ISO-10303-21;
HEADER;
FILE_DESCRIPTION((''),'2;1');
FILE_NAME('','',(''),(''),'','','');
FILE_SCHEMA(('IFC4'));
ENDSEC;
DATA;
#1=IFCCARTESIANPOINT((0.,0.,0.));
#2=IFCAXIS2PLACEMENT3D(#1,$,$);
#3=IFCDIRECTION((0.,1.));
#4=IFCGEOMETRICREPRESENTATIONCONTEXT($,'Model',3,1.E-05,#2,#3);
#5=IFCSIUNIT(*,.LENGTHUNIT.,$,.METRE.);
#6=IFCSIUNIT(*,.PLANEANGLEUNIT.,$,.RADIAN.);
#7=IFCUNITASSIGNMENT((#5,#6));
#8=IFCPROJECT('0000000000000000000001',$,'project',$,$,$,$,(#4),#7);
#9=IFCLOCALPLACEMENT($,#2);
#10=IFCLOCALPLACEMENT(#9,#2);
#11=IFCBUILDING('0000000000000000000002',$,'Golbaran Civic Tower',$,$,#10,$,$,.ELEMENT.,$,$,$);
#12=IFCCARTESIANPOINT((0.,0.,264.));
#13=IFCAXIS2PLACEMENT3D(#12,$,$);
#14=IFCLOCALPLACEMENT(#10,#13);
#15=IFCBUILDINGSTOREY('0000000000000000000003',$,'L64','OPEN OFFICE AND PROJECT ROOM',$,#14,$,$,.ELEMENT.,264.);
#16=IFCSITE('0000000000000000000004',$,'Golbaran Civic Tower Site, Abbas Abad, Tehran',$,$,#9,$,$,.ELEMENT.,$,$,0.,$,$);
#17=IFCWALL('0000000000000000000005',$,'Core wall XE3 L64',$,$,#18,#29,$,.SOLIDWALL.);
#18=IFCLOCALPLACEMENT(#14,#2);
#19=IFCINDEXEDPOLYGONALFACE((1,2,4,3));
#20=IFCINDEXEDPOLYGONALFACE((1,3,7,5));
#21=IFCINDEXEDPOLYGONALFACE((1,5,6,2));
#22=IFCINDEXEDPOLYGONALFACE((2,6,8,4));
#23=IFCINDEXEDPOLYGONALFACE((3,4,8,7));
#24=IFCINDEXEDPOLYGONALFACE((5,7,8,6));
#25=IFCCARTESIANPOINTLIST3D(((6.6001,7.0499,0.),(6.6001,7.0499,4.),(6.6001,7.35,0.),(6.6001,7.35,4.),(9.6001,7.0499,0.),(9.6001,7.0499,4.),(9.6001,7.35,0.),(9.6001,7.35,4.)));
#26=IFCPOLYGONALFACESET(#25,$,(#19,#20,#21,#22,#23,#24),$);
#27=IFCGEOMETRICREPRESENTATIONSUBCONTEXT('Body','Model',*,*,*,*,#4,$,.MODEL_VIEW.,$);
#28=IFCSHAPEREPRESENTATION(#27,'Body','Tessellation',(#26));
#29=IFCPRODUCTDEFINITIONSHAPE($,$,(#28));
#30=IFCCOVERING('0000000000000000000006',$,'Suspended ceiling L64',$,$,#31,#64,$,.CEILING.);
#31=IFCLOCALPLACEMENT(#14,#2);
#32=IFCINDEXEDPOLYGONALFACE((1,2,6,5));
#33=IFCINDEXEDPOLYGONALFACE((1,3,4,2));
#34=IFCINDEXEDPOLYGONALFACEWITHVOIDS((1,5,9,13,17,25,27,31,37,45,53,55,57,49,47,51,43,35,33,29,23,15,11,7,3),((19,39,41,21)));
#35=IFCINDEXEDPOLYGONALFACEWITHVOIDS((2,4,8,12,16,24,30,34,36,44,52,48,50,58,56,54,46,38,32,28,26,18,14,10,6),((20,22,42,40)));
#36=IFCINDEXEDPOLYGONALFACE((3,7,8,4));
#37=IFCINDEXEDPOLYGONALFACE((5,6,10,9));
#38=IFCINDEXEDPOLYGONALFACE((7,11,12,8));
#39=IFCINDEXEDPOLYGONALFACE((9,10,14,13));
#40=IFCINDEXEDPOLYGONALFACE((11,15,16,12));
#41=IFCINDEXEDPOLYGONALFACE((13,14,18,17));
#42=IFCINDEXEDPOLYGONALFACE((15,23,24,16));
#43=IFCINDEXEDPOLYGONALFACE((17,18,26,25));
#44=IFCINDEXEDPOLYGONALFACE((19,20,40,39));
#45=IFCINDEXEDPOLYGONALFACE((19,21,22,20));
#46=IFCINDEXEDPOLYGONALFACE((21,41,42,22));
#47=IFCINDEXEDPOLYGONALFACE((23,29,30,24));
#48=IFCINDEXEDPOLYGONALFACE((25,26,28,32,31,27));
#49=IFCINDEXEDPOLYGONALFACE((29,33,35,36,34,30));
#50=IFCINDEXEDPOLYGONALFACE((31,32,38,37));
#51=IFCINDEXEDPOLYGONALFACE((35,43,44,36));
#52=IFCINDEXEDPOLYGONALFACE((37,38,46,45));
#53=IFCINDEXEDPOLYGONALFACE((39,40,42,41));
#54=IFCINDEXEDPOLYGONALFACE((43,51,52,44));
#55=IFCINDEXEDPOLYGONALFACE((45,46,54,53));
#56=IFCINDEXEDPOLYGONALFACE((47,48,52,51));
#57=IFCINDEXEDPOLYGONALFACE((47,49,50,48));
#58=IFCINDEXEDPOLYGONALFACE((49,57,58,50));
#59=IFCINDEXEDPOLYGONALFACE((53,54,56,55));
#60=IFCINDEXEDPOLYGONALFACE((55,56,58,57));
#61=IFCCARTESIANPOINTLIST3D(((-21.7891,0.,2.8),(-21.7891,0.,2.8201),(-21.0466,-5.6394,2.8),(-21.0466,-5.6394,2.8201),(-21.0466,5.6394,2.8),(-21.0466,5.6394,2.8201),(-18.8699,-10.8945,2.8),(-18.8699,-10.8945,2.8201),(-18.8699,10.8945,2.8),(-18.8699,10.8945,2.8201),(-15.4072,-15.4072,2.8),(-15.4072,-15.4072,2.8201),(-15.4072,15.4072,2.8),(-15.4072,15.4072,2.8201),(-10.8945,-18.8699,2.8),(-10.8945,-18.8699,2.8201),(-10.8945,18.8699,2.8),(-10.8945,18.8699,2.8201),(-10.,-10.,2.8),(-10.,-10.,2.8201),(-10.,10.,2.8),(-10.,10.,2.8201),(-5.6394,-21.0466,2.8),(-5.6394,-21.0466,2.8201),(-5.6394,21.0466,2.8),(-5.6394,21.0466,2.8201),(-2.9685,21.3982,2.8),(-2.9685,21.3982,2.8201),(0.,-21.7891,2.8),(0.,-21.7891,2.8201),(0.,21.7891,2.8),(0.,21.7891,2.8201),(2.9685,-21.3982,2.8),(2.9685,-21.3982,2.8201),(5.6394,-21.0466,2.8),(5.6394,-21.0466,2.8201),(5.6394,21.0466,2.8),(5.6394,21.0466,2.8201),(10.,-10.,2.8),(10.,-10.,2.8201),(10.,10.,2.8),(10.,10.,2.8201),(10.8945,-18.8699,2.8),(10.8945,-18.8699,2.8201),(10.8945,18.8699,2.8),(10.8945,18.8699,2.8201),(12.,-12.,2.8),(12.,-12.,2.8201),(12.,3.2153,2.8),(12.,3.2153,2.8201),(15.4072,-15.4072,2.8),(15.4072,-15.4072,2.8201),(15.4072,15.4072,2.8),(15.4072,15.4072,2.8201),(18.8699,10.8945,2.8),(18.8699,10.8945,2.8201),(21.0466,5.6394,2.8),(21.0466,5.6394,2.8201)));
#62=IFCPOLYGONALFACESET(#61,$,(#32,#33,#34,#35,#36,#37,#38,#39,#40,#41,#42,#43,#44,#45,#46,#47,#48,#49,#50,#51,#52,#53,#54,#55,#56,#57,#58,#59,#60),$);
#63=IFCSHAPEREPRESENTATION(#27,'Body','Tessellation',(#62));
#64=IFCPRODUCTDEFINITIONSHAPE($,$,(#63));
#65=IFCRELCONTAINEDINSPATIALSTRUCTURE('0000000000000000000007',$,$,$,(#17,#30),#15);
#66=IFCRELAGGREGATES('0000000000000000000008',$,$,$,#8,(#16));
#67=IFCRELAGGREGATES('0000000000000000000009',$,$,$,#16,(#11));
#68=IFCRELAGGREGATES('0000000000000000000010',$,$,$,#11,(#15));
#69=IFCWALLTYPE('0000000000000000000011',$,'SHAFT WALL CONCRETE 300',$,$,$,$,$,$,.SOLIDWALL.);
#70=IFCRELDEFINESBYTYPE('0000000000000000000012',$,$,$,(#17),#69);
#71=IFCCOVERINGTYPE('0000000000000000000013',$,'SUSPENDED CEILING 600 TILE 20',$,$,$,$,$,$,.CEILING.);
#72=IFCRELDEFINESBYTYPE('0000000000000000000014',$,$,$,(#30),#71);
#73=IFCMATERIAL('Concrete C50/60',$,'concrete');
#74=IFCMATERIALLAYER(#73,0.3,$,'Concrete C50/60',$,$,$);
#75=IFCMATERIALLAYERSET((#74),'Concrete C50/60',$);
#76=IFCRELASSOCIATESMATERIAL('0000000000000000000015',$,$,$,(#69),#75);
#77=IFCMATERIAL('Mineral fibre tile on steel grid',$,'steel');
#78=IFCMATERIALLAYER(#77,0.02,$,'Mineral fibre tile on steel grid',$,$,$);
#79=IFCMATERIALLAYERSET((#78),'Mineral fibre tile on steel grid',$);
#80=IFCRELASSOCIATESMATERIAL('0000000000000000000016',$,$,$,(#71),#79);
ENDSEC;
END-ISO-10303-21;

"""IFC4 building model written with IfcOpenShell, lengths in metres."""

from ifc_helpers import new_model, si_unit, direction, frame, frame_2d, origin, place, context, subcontext, project, spatial, polyline, rectangle, outline, extrude, material, layer, layer_set, type_object, element, save


model = new_model("IFC4")

# Units and contexts
model_context = context("Model", 3, precision=1e-05, world=origin(), true_north=direction((0.0, 1.0)))
body_context = subcontext(model_context, "Body", "Model", "MODEL_VIEW")
ifc_project = project(units=[si_unit("LENGTHUNIT", "METRE"), si_unit("PLANEANGLEUNIT", "RADIAN")], contexts=[model_context])

# Site, building, storey
site_placement = place(None, origin())
site = spatial("IfcSite", under=ifc_project, at=site_placement, Name="Golbaran Civic Tower Site, Abbas Abad, Tehran", CompositionType="ELEMENT", RefElevation=0.0)
building_placement = place(site_placement, origin())
building = spatial("IfcBuilding", under=site, at=building_placement, Name="Golbaran Civic Tower", CompositionType="ELEMENT")
storey_placement = place(building_placement, frame((0.0, 0.0, 264.0)))
storey = spatial("IfcBuildingStorey", under=building, at=storey_placement, Name="L64", Description="OPEN OFFICE AND PROJECT ROOM", CompositionType="ELEMENT", Elevation=264.0)

# Shared definitions
ifc_material_1 = material(Name="Concrete C50/60", Category="concrete")
ifc_layer_1 = layer(ifc_material_1, 0.3, Name="Concrete C50/60")
ifc_layer_set_1 = layer_set([ifc_layer_1], Name="Concrete C50/60")
wall_type_1 = type_object("IfcWallType", Name="SHAFT WALL CONCRETE 300", PredefinedType="SOLIDWALL", material=ifc_layer_set_1)

# Wall
wall_1_placement = place(storey_placement, frame((6.6001, 7.2, 0.0), z_axis=(0.0, 0.0, 1.0), x_axis=(1.0, 0.0, 0.0)))
element("IfcWall", 1, at=wall_1_placement, inside=storey, type_object=wall_type_1, Name="Core wall XE3 L64", PredefinedType="SOLIDWALL", context=body_context, shape_type="SweptSolid", body=[
    extrude(rectangle(XDim=3.0, YDim=0.3, at=frame_2d((1.5, 0.0))), origin(), (0.0, 0.0, 1.0), 4.0),
])

# Covering
ifc_material_2 = material(Name="Mineral fibre tile on steel grid", Category="steel")
ifc_layer_2 = layer(ifc_material_2, 0.02, Name="Mineral fibre tile on steel grid")
ifc_layer_set_2 = layer_set([ifc_layer_2], Name="Mineral fibre tile on steel grid")
covering_type = type_object("IfcCoveringType", Name="SUSPENDED CEILING 600 TILE 20", PredefinedType="CEILING", material=ifc_layer_set_2)
covering_placement = place(storey_placement, frame((0.0, 0.0, 2.8)))
element("IfcCovering", 2, at=covering_placement, inside=storey, type_object=covering_type, Name="Suspended ceiling L64", PredefinedType="CEILING", context=body_context, shape_type="SweptSolid", body=[
    extrude(outline(polyline([(-21.0466, 5.6394), (-18.8699, 10.8945), (-15.4072, 15.4072), (-10.8945, 18.8699), (-5.6394, 21.0466), (-2.9685, 21.3982), (0.0, 21.7891), (5.6394, 21.0466), (10.8945, 18.8699), (15.4072, 15.4072), (18.8699, 10.8945), (21.0466, 5.6394), (12.0, 3.2153), (12.0, -12.0), (15.4072, -15.4072), (10.8945, -18.8699), (5.6394, -21.0466), (2.9685, -21.3982), (0.0, -21.7891), (-5.6394, -21.0466), (-10.8945, -18.8699), (-15.4072, -15.4072), (-18.8699, -10.8945), (-21.0466, -5.6394), (-21.7891, 0.0), (-21.0466, 5.6394)]), holes=[polyline([(-10.0, 10.0), (-10.0, -10.0), (10.0, -10.0), (10.0, 10.0), (-10.0, 10.0)])]), origin(), (0.0, 0.0, 1.0), 0.02),
])

save(model, "model.ifc")
